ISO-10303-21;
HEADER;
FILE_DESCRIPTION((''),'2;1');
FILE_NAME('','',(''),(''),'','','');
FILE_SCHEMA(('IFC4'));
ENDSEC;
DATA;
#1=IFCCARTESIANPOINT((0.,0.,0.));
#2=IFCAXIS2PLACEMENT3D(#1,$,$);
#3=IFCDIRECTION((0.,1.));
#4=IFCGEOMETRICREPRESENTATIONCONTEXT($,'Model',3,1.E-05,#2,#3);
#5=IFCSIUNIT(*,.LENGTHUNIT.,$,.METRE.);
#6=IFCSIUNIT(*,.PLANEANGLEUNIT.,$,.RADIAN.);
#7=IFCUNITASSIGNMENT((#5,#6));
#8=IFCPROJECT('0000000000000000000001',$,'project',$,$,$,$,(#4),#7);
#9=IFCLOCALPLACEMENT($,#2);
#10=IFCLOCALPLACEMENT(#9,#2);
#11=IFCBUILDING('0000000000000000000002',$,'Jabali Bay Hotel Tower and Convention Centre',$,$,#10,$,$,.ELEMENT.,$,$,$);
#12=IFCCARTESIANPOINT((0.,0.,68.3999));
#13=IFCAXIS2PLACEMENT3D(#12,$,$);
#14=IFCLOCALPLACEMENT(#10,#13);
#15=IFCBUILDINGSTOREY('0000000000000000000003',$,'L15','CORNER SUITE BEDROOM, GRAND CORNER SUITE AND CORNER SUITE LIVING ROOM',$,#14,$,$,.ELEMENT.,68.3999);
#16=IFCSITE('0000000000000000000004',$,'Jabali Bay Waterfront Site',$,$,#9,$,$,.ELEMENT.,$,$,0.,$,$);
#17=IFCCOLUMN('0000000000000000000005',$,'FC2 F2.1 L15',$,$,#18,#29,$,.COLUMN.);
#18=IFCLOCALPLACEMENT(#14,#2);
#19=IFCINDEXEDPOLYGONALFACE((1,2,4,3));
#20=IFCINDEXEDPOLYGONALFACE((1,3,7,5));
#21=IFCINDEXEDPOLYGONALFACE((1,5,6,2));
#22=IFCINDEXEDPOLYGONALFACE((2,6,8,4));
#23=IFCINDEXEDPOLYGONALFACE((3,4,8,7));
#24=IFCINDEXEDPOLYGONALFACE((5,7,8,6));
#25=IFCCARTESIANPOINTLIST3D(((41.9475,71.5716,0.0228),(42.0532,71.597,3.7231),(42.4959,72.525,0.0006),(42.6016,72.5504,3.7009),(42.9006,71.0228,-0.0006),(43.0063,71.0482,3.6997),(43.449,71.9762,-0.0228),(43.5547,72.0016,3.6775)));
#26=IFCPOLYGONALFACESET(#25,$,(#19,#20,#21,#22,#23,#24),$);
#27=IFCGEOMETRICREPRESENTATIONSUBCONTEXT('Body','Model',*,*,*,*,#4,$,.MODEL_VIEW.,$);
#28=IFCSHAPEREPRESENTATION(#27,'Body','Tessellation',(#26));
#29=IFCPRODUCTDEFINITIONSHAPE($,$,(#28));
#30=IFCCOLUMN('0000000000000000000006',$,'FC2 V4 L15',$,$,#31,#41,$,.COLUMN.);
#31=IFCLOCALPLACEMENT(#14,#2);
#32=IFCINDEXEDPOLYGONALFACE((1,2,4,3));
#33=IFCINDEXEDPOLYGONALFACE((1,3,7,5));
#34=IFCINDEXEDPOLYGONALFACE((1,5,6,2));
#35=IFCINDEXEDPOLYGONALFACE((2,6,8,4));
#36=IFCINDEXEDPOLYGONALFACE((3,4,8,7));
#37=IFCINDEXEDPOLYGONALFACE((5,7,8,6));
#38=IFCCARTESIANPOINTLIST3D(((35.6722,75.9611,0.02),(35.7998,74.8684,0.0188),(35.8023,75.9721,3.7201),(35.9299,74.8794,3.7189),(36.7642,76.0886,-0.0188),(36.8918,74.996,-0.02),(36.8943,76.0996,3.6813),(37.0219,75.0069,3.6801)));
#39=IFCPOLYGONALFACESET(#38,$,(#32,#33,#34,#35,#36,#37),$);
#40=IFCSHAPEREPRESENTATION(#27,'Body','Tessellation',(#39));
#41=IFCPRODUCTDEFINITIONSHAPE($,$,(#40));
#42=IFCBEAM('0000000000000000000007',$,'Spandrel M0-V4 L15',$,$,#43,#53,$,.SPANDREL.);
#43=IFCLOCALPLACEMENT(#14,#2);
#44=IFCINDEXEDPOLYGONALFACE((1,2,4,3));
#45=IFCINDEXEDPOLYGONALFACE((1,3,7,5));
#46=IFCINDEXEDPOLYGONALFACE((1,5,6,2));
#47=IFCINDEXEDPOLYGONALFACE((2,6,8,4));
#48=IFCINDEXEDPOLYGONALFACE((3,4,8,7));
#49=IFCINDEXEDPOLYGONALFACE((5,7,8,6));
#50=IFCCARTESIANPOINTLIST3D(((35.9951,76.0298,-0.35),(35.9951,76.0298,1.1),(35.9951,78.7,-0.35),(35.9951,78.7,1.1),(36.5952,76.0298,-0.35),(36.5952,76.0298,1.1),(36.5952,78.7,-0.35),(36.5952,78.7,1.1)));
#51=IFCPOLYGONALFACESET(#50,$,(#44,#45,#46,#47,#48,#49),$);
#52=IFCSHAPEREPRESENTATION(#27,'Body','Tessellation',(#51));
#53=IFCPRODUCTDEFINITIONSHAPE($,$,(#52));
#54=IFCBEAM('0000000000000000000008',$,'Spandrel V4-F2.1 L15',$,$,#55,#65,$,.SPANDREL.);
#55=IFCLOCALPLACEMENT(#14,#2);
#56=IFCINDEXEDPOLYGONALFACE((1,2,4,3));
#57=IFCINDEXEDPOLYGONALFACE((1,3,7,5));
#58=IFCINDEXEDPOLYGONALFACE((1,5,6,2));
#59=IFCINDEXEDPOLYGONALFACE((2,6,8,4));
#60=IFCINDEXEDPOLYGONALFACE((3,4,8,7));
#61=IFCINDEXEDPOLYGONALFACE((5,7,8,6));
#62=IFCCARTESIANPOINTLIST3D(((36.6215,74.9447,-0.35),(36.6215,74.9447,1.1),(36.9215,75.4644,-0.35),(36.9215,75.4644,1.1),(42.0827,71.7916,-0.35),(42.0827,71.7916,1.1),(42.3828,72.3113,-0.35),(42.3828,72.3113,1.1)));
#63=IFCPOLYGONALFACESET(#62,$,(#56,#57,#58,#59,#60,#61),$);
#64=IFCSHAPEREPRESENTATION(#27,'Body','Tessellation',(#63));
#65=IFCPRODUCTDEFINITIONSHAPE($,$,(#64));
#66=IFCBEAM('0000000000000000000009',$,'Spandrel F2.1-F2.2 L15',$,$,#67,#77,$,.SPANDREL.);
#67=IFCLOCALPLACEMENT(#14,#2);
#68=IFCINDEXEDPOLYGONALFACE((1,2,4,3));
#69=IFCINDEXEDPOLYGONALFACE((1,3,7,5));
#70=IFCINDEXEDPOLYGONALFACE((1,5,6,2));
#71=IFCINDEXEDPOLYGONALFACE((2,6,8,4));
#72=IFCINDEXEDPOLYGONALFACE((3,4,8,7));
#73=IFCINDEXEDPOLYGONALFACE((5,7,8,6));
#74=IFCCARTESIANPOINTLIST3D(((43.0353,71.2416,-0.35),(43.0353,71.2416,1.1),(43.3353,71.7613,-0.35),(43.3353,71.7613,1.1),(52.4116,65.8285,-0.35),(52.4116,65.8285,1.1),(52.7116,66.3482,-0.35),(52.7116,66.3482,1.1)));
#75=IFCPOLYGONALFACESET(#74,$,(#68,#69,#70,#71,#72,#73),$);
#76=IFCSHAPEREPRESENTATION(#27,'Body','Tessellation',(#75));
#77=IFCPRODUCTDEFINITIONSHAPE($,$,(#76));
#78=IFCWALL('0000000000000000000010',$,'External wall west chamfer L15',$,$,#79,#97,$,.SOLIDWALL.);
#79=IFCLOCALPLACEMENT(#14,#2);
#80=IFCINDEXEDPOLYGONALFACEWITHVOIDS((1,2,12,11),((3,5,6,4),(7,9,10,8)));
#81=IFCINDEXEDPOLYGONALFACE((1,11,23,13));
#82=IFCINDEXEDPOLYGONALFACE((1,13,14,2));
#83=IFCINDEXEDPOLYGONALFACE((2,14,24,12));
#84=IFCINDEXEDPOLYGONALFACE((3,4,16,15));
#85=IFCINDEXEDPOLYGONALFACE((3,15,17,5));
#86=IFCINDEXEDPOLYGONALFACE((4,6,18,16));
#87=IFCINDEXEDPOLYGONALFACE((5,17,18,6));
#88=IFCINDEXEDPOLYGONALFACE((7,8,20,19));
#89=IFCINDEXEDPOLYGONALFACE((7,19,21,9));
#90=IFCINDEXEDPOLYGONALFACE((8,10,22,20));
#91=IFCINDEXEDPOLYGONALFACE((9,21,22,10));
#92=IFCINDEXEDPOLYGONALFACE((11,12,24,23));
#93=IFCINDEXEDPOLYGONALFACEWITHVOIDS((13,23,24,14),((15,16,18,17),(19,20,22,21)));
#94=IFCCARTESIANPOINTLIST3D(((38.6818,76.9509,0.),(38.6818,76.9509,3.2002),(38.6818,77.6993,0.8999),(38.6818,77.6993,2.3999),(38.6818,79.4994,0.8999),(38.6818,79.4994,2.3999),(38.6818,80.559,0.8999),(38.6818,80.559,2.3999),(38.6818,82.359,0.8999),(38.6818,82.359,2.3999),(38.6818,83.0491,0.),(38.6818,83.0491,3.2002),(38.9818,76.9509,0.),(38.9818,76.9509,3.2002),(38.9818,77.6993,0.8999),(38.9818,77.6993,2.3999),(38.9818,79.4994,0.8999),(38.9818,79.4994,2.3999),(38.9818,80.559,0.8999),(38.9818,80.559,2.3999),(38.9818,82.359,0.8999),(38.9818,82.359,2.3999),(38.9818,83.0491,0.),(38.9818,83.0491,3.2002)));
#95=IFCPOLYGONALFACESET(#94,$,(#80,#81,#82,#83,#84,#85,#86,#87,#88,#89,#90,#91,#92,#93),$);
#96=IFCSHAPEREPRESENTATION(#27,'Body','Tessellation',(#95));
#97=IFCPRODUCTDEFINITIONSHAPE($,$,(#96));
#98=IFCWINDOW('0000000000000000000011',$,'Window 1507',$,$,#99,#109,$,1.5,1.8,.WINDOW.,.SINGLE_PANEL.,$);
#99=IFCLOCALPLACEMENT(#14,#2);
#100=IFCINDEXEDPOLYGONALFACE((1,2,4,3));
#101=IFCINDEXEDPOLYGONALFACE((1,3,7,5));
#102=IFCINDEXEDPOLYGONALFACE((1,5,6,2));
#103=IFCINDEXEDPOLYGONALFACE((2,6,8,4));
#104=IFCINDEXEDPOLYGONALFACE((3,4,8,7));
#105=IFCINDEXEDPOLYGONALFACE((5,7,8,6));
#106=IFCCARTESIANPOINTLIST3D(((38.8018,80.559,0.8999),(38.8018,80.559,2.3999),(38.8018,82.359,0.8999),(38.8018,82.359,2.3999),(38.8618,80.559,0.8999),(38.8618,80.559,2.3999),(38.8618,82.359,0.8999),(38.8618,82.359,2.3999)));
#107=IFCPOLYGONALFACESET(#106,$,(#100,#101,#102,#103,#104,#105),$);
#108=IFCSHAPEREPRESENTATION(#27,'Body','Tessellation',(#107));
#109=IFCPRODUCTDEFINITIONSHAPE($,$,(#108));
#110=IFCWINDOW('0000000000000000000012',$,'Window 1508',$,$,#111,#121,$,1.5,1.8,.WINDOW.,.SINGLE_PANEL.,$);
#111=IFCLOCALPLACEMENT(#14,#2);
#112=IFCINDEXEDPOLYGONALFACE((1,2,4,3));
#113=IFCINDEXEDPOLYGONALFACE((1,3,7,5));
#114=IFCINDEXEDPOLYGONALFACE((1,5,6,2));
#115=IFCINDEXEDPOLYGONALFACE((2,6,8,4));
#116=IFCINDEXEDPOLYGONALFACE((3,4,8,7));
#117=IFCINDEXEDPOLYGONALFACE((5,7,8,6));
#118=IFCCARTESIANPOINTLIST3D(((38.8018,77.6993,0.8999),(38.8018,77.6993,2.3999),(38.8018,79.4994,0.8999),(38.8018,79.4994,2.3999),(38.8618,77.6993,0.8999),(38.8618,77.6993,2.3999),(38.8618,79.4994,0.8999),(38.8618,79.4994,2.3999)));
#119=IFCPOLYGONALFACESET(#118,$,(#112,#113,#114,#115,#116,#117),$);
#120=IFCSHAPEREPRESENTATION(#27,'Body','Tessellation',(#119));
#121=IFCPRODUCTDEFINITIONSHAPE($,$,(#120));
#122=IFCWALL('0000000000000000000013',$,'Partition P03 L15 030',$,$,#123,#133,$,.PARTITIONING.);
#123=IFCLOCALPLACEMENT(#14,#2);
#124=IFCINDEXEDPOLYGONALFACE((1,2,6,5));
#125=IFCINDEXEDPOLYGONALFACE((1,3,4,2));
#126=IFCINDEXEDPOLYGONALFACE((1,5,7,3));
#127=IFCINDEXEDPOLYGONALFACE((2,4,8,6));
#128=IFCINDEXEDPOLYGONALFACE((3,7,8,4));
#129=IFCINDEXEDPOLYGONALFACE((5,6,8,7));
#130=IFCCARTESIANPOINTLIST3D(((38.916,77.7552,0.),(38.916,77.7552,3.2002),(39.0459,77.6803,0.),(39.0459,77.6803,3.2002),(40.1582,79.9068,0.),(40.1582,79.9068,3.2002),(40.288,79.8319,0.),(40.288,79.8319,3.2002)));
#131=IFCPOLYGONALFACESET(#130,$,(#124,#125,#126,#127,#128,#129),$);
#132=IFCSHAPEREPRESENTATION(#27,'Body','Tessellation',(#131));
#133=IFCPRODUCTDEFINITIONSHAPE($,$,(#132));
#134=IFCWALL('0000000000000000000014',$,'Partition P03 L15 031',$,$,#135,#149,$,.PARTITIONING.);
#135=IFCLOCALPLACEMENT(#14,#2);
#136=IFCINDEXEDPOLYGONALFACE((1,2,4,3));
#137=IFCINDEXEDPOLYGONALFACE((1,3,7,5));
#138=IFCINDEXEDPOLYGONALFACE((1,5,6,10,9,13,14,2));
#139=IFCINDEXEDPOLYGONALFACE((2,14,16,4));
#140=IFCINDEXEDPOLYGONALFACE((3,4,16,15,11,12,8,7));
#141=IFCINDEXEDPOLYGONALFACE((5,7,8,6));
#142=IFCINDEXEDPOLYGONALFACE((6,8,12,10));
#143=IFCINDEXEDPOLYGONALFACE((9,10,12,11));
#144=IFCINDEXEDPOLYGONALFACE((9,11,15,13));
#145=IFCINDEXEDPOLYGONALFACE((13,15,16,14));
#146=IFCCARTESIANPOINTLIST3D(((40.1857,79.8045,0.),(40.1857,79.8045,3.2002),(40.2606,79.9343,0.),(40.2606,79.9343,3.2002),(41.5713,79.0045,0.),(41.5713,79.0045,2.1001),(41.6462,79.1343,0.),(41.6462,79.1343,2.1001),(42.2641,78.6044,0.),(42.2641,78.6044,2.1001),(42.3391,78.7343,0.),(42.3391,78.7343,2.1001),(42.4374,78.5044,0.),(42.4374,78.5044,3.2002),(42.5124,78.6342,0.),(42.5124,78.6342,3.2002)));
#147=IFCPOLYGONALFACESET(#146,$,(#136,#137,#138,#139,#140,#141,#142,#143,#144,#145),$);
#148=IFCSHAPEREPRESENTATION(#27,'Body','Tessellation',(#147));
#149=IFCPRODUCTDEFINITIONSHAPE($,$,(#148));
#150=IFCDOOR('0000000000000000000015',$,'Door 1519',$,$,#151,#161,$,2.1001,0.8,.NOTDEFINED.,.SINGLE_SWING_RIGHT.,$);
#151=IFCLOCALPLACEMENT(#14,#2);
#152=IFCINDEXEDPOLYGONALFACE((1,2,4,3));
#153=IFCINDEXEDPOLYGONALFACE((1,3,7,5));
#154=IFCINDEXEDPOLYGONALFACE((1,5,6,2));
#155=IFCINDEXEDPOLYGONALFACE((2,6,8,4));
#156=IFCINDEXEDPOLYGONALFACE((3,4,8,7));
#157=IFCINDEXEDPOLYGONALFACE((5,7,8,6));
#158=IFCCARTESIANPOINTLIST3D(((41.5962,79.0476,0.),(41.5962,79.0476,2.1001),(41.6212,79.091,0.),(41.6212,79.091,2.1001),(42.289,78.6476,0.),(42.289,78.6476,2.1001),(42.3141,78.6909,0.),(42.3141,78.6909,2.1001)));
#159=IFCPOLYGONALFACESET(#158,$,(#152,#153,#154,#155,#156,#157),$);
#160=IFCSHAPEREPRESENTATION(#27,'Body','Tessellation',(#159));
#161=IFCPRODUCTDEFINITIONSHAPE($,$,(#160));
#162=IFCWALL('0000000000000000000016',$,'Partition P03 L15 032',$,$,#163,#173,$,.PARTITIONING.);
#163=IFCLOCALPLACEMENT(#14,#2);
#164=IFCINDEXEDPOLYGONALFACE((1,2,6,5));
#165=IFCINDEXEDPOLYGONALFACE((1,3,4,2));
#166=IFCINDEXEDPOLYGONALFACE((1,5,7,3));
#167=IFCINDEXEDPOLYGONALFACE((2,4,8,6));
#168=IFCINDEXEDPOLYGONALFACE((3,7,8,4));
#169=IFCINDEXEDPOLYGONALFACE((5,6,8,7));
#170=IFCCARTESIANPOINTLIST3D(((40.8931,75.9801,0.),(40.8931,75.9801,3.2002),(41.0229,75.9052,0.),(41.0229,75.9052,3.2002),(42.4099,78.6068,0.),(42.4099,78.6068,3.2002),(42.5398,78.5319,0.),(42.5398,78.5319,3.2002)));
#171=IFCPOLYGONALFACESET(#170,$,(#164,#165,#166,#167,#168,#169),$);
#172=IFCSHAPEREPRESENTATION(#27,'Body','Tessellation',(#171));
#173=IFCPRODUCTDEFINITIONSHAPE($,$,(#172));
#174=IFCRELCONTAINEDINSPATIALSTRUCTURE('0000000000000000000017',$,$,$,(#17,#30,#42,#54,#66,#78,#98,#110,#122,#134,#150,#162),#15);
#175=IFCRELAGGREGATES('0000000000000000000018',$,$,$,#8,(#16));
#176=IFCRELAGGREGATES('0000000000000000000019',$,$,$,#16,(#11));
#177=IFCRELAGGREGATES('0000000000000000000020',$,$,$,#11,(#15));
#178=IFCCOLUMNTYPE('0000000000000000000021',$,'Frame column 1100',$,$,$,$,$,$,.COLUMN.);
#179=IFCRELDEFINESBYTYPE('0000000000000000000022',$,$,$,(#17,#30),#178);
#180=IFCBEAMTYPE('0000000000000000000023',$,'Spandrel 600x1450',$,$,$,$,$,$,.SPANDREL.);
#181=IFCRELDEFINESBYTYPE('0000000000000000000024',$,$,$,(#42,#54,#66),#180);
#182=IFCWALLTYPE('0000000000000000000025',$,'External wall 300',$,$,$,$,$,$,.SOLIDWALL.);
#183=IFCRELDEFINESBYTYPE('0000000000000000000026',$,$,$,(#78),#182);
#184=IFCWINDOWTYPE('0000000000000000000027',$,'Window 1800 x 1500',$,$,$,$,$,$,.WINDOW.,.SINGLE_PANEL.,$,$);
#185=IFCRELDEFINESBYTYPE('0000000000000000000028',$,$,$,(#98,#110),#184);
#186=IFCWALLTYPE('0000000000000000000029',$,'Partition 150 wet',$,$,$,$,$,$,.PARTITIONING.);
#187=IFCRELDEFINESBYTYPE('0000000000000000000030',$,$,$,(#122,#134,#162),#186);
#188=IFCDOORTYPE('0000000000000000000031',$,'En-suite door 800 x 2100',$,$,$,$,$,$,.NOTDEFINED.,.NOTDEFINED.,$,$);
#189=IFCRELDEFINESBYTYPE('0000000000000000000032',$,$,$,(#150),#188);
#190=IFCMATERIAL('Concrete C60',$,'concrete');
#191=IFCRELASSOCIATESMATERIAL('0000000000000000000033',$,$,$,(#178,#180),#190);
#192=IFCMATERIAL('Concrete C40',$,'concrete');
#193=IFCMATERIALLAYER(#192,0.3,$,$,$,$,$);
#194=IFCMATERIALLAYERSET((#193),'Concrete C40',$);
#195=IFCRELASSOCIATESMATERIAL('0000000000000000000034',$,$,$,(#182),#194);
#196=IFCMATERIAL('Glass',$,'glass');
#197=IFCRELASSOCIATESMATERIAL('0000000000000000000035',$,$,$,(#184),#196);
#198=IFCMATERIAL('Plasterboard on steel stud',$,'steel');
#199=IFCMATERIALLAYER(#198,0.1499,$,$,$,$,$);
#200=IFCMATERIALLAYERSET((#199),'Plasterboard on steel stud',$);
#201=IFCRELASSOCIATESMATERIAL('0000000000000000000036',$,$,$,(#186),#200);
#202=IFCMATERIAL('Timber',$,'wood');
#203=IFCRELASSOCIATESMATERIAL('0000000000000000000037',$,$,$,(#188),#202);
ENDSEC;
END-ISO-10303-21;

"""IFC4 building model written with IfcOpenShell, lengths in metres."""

from ifc_helpers import new_model, si_unit, direction, frame, frame_2d, origin, origin_2d, place, context, subcontext, project, spatial, rectangle, extrude, material, layer, layer_set, material_profile, profile_set, type_object, element, fill, save


model = new_model("IFC4")

# Units and contexts
model_context = context("Model", 3, precision=1e-05, world=origin(), true_north=direction((0.0, 1.0)))
body_context = subcontext(model_context, "Body", "Model", "MODEL_VIEW")
ifc_project = project(units=[si_unit("LENGTHUNIT", "METRE"), si_unit("PLANEANGLEUNIT", "RADIAN")], contexts=[model_context])

# Site, building, storey
site_placement = place(None, origin())
site = spatial("IfcSite", under=ifc_project, at=site_placement, Name="Jabali Bay Waterfront Site", CompositionType="ELEMENT", RefElevation=0.0)
building_placement = place(site_placement, origin())
building = spatial("IfcBuilding", under=site, at=building_placement, Name="Jabali Bay Hotel Tower and Convention Centre", CompositionType="ELEMENT")
storey_placement = place(building_placement, frame((0.0, 0.0, 68.3999)))
storey = spatial("IfcBuildingStorey", under=building, at=storey_placement, Name="L15", Description="CORNER SUITE BEDROOM, GRAND CORNER SUITE AND CORNER SUITE LIVING ROOM", CompositionType="ELEMENT", Elevation=68.3999)

# Columns
ifc_material_1 = material(Name="Concrete C60", Category="concrete")
ifc_material_profile_1 = material_profile(ifc_material_1, rectangle(XDim=1.1001, YDim=1.1001, at=origin_2d()), Name="Frame column 1100")
ifc_profile_set_1 = profile_set([ifc_material_profile_1], Name="Concrete C60")
column_type = type_object("IfcColumnType", Name="Frame column 1100", PredefinedType="COLUMN", material=ifc_profile_set_1)
column_1_placement = place(storey_placement, frame((42.6982, 71.7739, 0.0), z_axis=(0.028557, 0.006859, 0.999569), x_axis=(-0.86641, 0.498877, 0.02133)))
element("IfcColumn", 1, at=column_1_placement, inside=storey, type_object=column_type, Name="FC2 F2.1 L15", PredefinedType="COLUMN", context=body_context, shape_type="SweptSolid", body=[
    extrude(rectangle(XDim=1.1001, YDim=1.1001, at=origin_2d()), origin(), (0.0, 0.0, 1.0), 3.7019),
])
column_2_placement = place(storey_placement, frame((36.282, 75.4785, 0.0), z_axis=(0.035146, 0.002967, 0.999378), x_axis=(-0.115971, 0.993252, 0.001129)))
element("IfcColumn", 2, at=column_2_placement, inside=storey, type_object=column_type, Name="FC2 V4 L15", PredefinedType="COLUMN", context=body_context, shape_type="SweptSolid", body=[
    extrude(rectangle(XDim=1.1001, YDim=1.1001, at=origin_2d()), origin(), (0.0, 0.0, 1.0), 3.7024),
])

# Beams
ifc_material_profile_2 = material_profile(ifc_material_1, rectangle(XDim=0.6001, YDim=1.45, at=origin_2d()), Name="Spandrel 600x1450")
ifc_profile_set_2 = profile_set([ifc_material_profile_2], Name="Concrete C60")
beam_type = type_object("IfcBeamType", Name="Spandrel 600x1450", PredefinedType="SPANDREL", material=ifc_profile_set_2)
beam_1_placement = place(storey_placement, frame((36.2952, 78.7, 0.375), z_axis=(0.0, -1.0, 0.0), x_axis=(1.0, 0.0, 0.0)))
element("IfcBeam", 3, at=beam_1_placement, inside=storey, type_object=beam_type, Name="Spandrel M0-V4 L15", PredefinedType="SPANDREL", context=body_context, shape_type="SweptSolid", body=[
    extrude(rectangle(XDim=0.6001, YDim=1.45, at=origin_2d()), origin(), (0.0, 0.0, 1.0), 2.6702),
])
beam_2_placement = place(storey_placement, frame((36.7715, 75.2046, 0.375), z_axis=(0.866021, -0.500007, 0.0), x_axis=(0.500007, 0.866021, 0.0)))
element("IfcBeam", 4, at=beam_2_placement, inside=storey, type_object=beam_type, Name="Spandrel V4-F2.1 L15", PredefinedType="SPANDREL", context=body_context, shape_type="SweptSolid", body=[
    extrude(rectangle(XDim=0.6001, YDim=1.45, at=origin_2d()), origin(), (0.0, 0.0, 1.0), 6.3062),
])
beam_3_placement = place(storey_placement, frame((43.1853, 71.5015, 0.375), z_axis=(0.866037, -0.499981, 0.0), x_axis=(0.499981, 0.866037, 0.0)))
element("IfcBeam", 5, at=beam_3_placement, inside=storey, type_object=beam_type, Name="Spandrel F2.1-F2.2 L15", PredefinedType="SPANDREL", context=body_context, shape_type="SweptSolid", body=[
    extrude(rectangle(XDim=0.6001, YDim=1.45, at=origin_2d()), origin(), (0.0, 0.0, 1.0), 10.8267),
])

# Wall, openings, windows
ifc_material_2 = material(Name="Concrete C40", Category="concrete")
ifc_layer_1 = layer(ifc_material_2, 0.3)
ifc_layer_set_1 = layer_set([ifc_layer_1], Name="Concrete C40")
wall_type_1 = type_object("IfcWallType", Name="External wall 300", PredefinedType="SOLIDWALL", material=ifc_layer_set_1)
wall_1_placement = place(storey_placement, frame((38.8318, 76.9509, 0.0), z_axis=(0.0, 0.0, 1.0), x_axis=(0.0, 1.0, 0.0)))
wall_1 = element("IfcWall", 6, at=wall_1_placement, inside=storey, type_object=wall_type_1, Name="External wall west chamfer L15", PredefinedType="SOLIDWALL", context=body_context, shape_type="SweptSolid", body=[
    extrude(rectangle(XDim=6.0981, YDim=0.3, at=frame_2d((3.0491, 0.0))), origin(), (0.0, 0.0, 1.0), 3.2002),
])
opening_1_placement = place(wall_1_placement, frame((3.6082, 0.0, 0.8999)))
opening_1 = element("IfcOpeningElement", 7, at=opening_1_placement, cuts=wall_1, PredefinedType="OPENING", context=body_context, shape_type="SweptSolid", body=[
    extrude(rectangle(XDim=1.8, YDim=1.5, at=frame_2d((0.8999, 0.75))), frame((0.0, 0.1606, 0.0), z_axis=(0.0, -1.0, 0.0), x_axis=(1.0, 0.0, 0.0)), (0.0, 0.0, 1.0), 0.321),
])
opening_2_placement = place(wall_1_placement, frame((0.7485, 0.0, 0.8999)))
opening_2 = element("IfcOpeningElement", 8, at=opening_2_placement, cuts=wall_1, PredefinedType="OPENING", context=body_context, shape_type="SweptSolid", body=[
    extrude(rectangle(XDim=1.8, YDim=1.5, at=frame_2d((0.8999, 0.75))), frame((0.0, 0.1606, 0.0), z_axis=(0.0, -1.0, 0.0), x_axis=(1.0, 0.0, 0.0)), (0.0, 0.0, 1.0), 0.321),
])
ifc_material_3 = material(Name="Glass", Category="glass")
window_type = type_object("IfcWindowType", Name="Window 1800 x 1500", PartitioningType="SINGLE_PANEL", PredefinedType="WINDOW", material=ifc_material_3)
window_1_placement = place(opening_1_placement, origin())
window_1 = element("IfcWindow", 9, at=window_1_placement, inside=storey, type_object=window_type, Name="Window 1507", OverallHeight=1.5, OverallWidth=1.8, PartitioningType="SINGLE_PANEL", PredefinedType="WINDOW", context=body_context, shape_type="SweptSolid", body=[
    extrude(rectangle(XDim=1.8, YDim=1.5, at=frame_2d((0.8999, 0.75))), frame((0.0, 0.03, 0.0), z_axis=(0.0, -1.0, 0.0), x_axis=(1.0, 0.0, 0.0)), (0.0, 0.0, 1.0), 0.0601),
])
fill(opening_1, window_1)
window_2_placement = place(opening_2_placement, origin())
window_2 = element("IfcWindow", 10, at=window_2_placement, inside=storey, type_object=window_type, Name="Window 1508", OverallHeight=1.5, OverallWidth=1.8, PartitioningType="SINGLE_PANEL", PredefinedType="WINDOW", context=body_context, shape_type="SweptSolid", body=[
    extrude(rectangle(XDim=1.8, YDim=1.5, at=frame_2d((0.8999, 0.75))), frame((0.0, 0.03, 0.0), z_axis=(0.0, -1.0, 0.0), x_axis=(1.0, 0.0, 0.0)), (0.0, 0.0, 1.0), 0.0601),
])
fill(opening_2, window_2)

# Wall
ifc_material_4 = material(Name="Plasterboard on steel stud", Category="steel")
ifc_layer_2 = layer(ifc_material_4, 0.1499)
ifc_layer_set_2 = layer_set([ifc_layer_2], Name="Plasterboard on steel stud")
wall_type_2 = type_object("IfcWallType", Name="Partition 150 wet", PredefinedType="PARTITIONING", material=ifc_layer_set_2)
wall_2_placement = place(storey_placement, frame((38.981, 77.7178, 0.0), z_axis=(0.0, 0.0, 1.0), x_axis=(0.499986, 0.866033, 0.0)))
element("IfcWall", 11, at=wall_2_placement, inside=storey, type_object=wall_type_2, Name="Partition P03 L15 030", PredefinedType="PARTITIONING", context=body_context, shape_type="SweptSolid", body=[
    extrude(rectangle(XDim=2.4844, YDim=0.1499, at=frame_2d((1.2422, 0.0))), origin(), (0.0, 0.0, 1.0), 3.2002),
])

# Wall, opening, door
wall_3_placement = place(storey_placement, frame((40.2231, 79.8694, 0.0), z_axis=(0.0, 0.0, 1.0), x_axis=(0.866021, -0.500007, 0.0)))
wall_3 = element("IfcWall", 12, at=wall_3_placement, inside=storey, type_object=wall_type_2, Name="Partition P03 L15 031", PredefinedType="PARTITIONING", context=body_context, shape_type="SweptSolid", body=[
    extrude(rectangle(XDim=2.6001, YDim=0.1499, at=frame_2d((1.3, 0.0))), origin(), (0.0, 0.0, 1.0), 3.2002),
])
opening_3_placement = place(wall_3_placement, frame((1.6001, 0.0, 0.0)))
opening_3 = element("IfcOpeningElement", 13, at=opening_3_placement, cuts=wall_3, PredefinedType="OPENING", context=body_context, shape_type="SweptSolid", body=[
    extrude(rectangle(XDim=0.8, YDim=2.1001, at=frame_2d((0.3999, 1.05))), frame((0.0, 0.0854, 0.0), z_axis=(0.0, -1.0, 0.0), x_axis=(1.0, 0.0, 0.0)), (0.0, 0.0, 1.0), 0.1709),
])
ifc_material_5 = material(Name="Timber", Category="wood")
door_type = type_object("IfcDoorType", Name="En-suite door 800 x 2100", OperationType="NOTDEFINED", PredefinedType="NOTDEFINED", material=ifc_material_5)
door_placement = place(opening_3_placement, origin())
door = element("IfcDoor", 14, at=door_placement, inside=storey, type_object=door_type, Name="Door 1519", OperationType="SINGLE_SWING_RIGHT", OverallHeight=2.1001, OverallWidth=0.8, PredefinedType="NOTDEFINED", context=body_context, shape_type="SweptSolid", body=[
    extrude(rectangle(XDim=0.8, YDim=2.1001, at=frame_2d((0.3999, 1.05))), frame((0.0, 0.0249, 0.0), z_axis=(0.0, -1.0, 0.0), x_axis=(1.0, 0.0, 0.0)), (0.0, 0.0, 1.0), 0.05),
])
fill(opening_3, door)

# Wall
wall_4_placement = place(storey_placement, frame((42.4749, 78.5693, 0.0), z_axis=(0.0, 0.0, 1.0), x_axis=(-0.500078, -0.86598, 0.0)))
element("IfcWall", 15, at=wall_4_placement, inside=storey, type_object=wall_type_2, Name="Partition P03 L15 032", PredefinedType="PARTITIONING", context=body_context, shape_type="SweptSolid", body=[
    extrude(rectangle(XDim=3.0332, YDim=0.1499, at=frame_2d((1.5166, 0.0))), origin(), (0.0, 0.0, 1.0), 3.2002),
])

save(model, "model.ifc")
